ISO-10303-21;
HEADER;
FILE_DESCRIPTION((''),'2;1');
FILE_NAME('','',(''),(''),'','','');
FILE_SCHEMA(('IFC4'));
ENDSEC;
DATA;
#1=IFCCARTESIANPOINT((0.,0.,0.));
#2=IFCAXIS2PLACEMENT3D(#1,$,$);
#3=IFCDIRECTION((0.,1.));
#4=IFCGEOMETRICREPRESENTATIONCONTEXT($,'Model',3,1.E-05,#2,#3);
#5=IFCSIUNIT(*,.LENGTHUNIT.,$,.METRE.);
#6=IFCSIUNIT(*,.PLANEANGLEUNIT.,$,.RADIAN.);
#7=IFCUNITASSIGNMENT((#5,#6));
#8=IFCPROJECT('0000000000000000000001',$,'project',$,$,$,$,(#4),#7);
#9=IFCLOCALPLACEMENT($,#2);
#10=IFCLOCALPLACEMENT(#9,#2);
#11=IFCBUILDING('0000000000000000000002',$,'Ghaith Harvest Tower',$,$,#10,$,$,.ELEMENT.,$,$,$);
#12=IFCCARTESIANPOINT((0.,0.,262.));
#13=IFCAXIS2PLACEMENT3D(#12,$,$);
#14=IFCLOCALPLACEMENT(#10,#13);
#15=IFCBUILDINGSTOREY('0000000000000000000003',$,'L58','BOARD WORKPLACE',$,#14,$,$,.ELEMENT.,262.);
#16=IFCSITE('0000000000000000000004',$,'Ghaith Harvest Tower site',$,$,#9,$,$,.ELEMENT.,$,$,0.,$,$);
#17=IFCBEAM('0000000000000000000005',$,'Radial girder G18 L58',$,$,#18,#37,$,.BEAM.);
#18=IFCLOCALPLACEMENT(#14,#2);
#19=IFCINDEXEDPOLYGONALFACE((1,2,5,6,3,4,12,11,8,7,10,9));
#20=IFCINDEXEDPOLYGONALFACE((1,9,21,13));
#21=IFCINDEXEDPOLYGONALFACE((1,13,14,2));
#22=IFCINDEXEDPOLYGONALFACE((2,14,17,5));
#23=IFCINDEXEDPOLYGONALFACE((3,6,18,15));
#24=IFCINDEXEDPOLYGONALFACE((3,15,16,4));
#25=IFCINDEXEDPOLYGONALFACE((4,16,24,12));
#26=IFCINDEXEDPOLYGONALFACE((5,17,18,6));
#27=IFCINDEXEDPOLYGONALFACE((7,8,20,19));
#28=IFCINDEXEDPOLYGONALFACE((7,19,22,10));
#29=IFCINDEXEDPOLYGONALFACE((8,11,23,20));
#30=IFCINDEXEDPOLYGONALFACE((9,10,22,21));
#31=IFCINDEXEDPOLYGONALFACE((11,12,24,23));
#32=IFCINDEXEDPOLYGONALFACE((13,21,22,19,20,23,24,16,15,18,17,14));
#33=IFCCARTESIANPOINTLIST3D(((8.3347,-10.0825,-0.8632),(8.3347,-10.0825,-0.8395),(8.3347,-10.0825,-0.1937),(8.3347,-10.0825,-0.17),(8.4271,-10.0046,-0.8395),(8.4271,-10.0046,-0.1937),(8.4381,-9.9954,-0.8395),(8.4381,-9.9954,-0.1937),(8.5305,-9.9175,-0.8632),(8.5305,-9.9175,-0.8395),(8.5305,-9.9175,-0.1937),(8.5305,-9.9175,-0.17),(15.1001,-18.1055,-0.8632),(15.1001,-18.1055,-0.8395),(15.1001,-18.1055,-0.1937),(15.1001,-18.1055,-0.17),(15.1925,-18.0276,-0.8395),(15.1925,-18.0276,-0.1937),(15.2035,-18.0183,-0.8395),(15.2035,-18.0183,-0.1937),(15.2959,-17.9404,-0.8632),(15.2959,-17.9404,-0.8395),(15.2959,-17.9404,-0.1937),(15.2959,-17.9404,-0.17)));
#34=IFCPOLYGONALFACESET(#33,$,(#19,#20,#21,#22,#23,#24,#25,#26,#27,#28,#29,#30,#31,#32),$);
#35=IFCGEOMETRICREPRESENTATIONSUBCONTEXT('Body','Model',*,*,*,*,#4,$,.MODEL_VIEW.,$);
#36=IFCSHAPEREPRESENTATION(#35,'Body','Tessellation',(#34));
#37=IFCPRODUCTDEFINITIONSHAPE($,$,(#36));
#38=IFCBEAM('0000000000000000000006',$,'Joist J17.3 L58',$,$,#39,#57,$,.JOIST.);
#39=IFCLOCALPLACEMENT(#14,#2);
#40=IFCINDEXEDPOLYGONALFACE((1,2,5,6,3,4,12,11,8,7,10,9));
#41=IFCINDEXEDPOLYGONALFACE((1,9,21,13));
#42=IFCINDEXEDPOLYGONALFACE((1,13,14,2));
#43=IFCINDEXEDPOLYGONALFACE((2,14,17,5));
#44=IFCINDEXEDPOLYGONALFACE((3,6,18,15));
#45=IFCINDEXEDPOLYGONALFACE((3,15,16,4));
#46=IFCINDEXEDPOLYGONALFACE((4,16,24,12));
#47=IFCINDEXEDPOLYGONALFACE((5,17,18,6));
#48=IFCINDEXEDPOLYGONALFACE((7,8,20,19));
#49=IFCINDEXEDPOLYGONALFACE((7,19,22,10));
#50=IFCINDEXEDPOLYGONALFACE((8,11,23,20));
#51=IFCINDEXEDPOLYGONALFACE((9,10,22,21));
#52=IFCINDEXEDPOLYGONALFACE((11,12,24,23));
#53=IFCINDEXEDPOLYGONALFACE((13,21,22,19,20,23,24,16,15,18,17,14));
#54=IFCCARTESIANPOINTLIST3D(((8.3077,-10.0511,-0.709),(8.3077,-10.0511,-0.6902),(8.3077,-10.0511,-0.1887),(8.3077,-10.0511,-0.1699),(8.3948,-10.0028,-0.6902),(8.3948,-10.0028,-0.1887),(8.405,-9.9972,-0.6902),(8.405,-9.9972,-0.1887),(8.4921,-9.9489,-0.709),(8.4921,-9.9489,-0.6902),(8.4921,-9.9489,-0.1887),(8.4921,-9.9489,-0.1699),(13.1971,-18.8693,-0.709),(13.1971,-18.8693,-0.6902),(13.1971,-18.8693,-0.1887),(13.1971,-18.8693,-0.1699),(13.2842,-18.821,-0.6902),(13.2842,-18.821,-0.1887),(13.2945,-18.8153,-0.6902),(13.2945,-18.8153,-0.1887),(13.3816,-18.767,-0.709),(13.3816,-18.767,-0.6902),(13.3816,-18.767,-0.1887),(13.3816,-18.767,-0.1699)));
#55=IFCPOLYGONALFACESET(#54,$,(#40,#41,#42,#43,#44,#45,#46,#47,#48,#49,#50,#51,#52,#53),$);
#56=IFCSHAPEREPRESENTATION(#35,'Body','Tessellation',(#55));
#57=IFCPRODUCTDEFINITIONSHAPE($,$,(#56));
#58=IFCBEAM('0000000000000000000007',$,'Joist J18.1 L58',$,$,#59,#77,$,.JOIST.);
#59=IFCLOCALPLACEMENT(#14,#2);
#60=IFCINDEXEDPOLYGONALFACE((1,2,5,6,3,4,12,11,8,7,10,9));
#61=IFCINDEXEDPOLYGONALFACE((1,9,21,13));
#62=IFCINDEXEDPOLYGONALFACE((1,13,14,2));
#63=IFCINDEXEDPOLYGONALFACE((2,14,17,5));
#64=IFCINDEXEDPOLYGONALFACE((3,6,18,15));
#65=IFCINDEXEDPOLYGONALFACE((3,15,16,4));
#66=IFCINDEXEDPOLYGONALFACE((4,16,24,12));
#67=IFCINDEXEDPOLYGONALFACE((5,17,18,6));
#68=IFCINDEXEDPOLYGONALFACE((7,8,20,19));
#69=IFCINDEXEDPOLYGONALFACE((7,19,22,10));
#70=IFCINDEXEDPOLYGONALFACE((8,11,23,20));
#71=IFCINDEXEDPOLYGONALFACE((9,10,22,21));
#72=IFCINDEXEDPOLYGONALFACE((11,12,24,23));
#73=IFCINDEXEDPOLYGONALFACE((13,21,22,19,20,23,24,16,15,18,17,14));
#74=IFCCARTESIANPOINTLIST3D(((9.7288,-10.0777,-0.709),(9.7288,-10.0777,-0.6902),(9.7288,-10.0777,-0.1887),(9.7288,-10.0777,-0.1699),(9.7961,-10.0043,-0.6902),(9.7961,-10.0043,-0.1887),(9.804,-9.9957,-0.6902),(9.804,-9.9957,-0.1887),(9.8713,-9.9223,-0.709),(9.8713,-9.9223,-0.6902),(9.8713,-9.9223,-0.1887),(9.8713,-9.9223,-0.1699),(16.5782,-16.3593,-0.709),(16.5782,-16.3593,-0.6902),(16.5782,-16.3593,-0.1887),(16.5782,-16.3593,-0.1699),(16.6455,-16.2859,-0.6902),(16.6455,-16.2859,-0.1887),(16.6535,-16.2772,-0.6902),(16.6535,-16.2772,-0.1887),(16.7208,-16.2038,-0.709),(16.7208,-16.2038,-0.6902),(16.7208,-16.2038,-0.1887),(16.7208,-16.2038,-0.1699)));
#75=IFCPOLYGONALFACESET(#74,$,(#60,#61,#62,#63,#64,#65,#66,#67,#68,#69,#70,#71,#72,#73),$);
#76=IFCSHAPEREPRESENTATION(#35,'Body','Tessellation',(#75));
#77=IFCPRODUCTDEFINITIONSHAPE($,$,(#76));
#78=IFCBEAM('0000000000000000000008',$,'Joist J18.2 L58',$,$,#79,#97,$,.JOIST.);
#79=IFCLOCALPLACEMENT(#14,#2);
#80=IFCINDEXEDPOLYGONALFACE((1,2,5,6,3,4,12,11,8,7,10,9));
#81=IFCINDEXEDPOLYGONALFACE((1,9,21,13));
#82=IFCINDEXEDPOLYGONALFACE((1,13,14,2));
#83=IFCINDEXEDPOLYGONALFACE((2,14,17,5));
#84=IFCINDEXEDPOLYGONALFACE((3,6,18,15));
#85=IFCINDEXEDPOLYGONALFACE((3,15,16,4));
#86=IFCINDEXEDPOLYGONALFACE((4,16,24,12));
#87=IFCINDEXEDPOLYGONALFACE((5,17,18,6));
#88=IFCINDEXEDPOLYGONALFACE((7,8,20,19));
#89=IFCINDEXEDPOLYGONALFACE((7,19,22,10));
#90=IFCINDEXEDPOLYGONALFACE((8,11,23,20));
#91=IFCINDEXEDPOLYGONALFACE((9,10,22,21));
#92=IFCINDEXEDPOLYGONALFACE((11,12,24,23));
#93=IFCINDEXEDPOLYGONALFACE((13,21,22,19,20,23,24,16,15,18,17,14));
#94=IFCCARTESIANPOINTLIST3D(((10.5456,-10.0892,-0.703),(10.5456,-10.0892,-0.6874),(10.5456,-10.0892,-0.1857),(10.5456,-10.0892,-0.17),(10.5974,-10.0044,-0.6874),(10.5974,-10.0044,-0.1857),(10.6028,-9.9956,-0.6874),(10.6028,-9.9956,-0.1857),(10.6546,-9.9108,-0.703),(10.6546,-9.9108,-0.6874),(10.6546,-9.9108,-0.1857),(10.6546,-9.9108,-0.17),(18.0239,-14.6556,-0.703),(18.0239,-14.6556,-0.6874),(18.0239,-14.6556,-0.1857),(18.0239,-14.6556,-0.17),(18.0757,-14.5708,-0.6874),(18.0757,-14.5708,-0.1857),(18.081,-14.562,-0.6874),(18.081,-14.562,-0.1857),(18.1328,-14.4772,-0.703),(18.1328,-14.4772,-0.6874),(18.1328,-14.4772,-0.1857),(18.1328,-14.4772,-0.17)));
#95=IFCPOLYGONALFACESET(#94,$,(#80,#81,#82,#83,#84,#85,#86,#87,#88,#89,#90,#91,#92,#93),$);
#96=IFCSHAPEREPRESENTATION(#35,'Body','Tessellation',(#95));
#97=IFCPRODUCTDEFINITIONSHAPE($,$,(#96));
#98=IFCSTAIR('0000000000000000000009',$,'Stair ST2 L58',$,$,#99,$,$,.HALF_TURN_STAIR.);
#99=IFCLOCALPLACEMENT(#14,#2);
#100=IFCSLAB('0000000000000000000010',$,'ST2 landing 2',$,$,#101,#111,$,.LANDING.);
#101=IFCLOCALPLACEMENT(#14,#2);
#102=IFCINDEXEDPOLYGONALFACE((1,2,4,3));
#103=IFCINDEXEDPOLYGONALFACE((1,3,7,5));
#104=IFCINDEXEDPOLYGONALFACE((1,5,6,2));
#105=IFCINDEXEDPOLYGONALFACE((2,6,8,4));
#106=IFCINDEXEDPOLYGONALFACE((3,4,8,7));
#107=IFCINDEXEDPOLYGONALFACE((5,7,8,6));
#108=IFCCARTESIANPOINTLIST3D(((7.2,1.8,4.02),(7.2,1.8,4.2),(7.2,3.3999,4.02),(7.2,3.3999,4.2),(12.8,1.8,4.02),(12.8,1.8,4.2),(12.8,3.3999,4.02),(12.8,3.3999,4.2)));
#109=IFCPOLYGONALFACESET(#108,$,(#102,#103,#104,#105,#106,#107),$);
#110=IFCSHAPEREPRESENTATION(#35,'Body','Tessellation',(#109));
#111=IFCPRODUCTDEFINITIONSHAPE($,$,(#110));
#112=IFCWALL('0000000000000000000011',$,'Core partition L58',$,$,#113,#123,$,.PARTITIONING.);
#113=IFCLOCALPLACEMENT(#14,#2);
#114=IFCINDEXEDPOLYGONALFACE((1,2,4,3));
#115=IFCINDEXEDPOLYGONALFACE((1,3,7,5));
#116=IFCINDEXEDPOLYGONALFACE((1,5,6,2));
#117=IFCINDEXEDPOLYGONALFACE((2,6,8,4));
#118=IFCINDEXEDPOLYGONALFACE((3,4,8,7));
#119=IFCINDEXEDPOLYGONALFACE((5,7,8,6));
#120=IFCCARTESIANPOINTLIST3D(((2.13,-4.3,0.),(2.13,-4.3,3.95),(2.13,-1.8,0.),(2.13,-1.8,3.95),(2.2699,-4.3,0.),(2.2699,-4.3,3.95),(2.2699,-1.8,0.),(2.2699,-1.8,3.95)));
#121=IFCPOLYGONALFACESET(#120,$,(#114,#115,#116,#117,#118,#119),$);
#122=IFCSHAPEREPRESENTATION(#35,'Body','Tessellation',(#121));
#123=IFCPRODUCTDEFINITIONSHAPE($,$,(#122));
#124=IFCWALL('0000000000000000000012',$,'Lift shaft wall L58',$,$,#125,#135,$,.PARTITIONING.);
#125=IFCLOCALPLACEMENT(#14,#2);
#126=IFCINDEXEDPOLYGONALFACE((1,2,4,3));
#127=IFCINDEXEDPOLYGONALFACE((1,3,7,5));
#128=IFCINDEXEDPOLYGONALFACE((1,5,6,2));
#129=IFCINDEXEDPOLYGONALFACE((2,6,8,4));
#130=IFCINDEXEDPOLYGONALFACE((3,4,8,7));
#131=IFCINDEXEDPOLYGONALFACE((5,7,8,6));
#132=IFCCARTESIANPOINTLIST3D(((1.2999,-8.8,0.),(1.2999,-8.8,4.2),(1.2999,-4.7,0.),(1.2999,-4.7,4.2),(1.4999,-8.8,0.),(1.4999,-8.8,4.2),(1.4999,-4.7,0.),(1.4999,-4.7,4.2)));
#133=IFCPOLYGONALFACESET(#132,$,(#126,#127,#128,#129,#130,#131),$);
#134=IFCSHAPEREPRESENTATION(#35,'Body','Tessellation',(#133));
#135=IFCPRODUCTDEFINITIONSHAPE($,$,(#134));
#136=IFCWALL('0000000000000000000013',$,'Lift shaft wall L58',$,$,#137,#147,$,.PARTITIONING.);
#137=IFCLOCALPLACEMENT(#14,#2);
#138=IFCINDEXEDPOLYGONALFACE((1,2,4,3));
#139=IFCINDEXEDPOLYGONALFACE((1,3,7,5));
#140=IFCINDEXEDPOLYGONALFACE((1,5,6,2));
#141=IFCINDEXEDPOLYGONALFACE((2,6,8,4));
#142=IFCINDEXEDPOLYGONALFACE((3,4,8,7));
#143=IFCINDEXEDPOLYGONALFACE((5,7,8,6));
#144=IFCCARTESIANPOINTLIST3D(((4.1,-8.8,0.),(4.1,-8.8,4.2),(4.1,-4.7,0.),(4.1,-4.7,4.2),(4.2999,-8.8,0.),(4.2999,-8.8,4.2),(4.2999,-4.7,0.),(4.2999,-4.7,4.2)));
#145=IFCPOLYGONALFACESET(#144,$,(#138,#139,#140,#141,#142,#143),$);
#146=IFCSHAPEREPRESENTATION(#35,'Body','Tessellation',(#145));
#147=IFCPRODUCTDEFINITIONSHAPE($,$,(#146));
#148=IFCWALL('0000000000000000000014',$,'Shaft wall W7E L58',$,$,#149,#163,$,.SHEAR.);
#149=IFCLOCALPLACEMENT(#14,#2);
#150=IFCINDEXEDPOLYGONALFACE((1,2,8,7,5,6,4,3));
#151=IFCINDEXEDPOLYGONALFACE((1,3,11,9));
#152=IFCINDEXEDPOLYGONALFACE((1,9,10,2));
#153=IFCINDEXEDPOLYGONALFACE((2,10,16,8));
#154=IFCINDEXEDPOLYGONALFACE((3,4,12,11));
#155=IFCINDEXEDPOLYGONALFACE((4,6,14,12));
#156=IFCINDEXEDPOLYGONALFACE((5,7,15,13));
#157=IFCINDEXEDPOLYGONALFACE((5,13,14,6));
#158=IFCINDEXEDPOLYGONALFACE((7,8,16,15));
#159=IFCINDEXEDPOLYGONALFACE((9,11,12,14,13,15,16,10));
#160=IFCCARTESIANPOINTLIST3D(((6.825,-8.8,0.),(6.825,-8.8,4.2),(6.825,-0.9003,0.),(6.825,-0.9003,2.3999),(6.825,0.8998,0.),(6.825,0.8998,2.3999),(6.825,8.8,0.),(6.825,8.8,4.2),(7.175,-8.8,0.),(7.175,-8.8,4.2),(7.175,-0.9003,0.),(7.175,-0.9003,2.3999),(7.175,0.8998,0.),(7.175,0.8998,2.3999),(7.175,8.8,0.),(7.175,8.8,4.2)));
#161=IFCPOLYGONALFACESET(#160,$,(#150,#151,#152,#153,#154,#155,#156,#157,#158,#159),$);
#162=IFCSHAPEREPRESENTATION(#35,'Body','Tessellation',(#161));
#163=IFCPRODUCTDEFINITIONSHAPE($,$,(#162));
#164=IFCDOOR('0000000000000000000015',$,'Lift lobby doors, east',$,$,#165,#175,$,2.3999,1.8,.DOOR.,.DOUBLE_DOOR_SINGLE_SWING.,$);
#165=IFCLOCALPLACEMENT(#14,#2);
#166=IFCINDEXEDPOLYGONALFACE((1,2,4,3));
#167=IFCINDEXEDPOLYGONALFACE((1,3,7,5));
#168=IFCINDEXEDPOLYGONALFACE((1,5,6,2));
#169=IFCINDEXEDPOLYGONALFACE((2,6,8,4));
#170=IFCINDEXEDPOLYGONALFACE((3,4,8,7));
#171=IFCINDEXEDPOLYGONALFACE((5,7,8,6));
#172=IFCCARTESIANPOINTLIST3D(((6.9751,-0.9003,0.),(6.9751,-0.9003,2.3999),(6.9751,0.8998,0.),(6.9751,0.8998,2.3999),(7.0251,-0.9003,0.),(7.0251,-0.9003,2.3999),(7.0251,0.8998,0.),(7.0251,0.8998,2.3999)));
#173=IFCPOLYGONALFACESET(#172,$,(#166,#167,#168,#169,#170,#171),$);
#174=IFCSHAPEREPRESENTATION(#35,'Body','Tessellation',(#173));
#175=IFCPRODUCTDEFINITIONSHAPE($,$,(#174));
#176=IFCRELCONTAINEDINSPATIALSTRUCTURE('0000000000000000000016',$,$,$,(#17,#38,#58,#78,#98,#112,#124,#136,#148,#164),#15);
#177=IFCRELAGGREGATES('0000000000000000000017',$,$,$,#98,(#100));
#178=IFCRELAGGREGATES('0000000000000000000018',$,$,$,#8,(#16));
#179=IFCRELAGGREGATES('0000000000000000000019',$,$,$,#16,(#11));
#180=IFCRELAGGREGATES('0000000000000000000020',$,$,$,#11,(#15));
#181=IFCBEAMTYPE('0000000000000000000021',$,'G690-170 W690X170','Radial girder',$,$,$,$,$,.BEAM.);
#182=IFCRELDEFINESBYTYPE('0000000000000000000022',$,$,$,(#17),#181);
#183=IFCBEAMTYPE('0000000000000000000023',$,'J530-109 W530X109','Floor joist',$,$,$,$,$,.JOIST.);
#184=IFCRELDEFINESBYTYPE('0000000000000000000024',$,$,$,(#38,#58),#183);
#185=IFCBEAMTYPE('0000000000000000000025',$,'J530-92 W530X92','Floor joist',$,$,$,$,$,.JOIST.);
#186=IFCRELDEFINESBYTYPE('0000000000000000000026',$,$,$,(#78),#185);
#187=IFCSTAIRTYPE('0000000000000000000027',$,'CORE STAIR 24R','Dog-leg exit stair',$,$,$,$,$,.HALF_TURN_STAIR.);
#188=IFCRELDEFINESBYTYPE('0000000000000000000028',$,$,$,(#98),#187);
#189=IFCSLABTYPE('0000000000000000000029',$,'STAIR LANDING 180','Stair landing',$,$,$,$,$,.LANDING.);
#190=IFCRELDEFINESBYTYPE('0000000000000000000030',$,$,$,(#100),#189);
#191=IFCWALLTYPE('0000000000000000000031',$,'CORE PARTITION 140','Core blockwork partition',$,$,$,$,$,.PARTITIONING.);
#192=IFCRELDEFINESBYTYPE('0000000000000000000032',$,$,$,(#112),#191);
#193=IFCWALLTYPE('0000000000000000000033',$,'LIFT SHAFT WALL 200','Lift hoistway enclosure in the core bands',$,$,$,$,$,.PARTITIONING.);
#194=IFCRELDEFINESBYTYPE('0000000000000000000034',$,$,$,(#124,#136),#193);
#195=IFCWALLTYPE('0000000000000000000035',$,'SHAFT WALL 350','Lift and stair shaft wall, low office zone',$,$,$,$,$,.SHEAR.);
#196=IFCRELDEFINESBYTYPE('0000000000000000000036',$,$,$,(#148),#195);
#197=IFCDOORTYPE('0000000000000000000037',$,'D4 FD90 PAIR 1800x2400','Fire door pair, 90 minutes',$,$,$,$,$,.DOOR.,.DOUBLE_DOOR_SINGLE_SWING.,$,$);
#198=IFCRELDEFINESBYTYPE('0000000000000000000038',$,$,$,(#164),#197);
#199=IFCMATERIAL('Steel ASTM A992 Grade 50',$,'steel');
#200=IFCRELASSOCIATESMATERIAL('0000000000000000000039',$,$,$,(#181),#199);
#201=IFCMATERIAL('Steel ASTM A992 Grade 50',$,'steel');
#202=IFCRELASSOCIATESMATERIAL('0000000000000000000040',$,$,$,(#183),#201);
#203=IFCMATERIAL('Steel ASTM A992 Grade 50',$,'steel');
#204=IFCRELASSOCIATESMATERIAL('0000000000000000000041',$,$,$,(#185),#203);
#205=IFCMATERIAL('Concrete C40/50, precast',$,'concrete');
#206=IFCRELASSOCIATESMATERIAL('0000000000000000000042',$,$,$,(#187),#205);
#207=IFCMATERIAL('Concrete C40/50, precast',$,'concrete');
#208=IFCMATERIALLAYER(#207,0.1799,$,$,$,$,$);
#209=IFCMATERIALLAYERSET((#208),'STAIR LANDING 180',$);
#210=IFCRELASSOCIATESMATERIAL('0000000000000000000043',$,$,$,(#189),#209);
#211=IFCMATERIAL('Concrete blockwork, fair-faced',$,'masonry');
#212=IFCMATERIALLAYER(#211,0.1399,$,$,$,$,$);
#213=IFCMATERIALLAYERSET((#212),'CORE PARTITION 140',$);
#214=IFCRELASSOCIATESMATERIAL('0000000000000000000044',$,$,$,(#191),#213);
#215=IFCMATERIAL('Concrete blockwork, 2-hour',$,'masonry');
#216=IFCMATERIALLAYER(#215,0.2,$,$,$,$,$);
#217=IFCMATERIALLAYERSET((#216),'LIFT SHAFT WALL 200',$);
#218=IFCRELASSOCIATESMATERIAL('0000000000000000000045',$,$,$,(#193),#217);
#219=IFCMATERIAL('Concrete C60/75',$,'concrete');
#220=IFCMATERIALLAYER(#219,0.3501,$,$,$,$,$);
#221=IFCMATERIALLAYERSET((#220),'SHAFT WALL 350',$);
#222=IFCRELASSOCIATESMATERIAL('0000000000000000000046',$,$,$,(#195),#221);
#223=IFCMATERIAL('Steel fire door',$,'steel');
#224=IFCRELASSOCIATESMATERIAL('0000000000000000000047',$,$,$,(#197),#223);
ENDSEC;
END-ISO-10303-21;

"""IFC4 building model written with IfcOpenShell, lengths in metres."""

from ifc_helpers import new_model, si_unit, direction, frame, frame_2d, origin, origin_2d, place, context, subcontext, project, spatial, polyline, rectangle, i_section, outline, extrude, material, layer, layer_set, material_profile, profile_set, type_object, element, fill, aggregate, save


model = new_model("IFC4")

# Units and contexts
model_context = context("Model", 3, precision=1e-05, world=origin(), true_north=direction((0.0, 1.0)))
body_context = subcontext(model_context, "Body", "Model", "MODEL_VIEW")
ifc_project = project(units=[si_unit("LENGTHUNIT", "METRE"), si_unit("PLANEANGLEUNIT", "RADIAN")], contexts=[model_context])

# Site, building, storey
site_placement = place(None, origin())
site = spatial("IfcSite", under=ifc_project, at=site_placement, Name="Ghaith Harvest Tower site", CompositionType="ELEMENT", RefElevation=0.0)
building_placement = place(site_placement, origin())
building = spatial("IfcBuilding", under=site, at=building_placement, Name="Ghaith Harvest Tower", CompositionType="ELEMENT")
storey_placement = place(building_placement, frame((0.0, 0.0, 262.0)))
storey = spatial("IfcBuildingStorey", under=building, at=storey_placement, Name="L58", Description="BOARD WORKPLACE", CompositionType="ELEMENT", Elevation=262.0)

# Beams
ifc_material_1 = material(Name="Steel ASTM A992 Grade 50", Category="steel")
ifc_material_profile_1 = material_profile(ifc_material_1, i_section(OverallWidth=0.2561, OverallDepth=0.6931, WebThickness=0.0144, FlangeThickness=0.0237, at=origin_2d()), Name="W690X170")
ifc_profile_set_1 = profile_set([ifc_material_profile_1], Name="Steel ASTM A992 Grade 50")
beam_type_1 = type_object("IfcBeamType", Name="G690-170 W690X170", Description="Radial girder", PredefinedType="BEAM", material=ifc_profile_set_1)
beam_1_placement = place(storey_placement, frame((8.4326, -10.0, -0.5166), z_axis=(0.644649, -0.764478, 0.0), x_axis=(0.764478, 0.644649, 0.0)))
element("IfcBeam", 1, at=beam_1_placement, inside=storey, type_object=beam_type_1, Name="Radial girder G18 L58", PredefinedType="BEAM", context=body_context, shape_type="SweptSolid", body=[
    extrude(i_section(OverallWidth=0.2561, OverallDepth=0.6931, WebThickness=0.0144, FlangeThickness=0.0237, at=origin_2d()), origin(), (0.0, 0.0, 1.0), 10.4946),
])
ifc_material_2 = material(Name="Steel ASTM A992 Grade 50", Category="steel")
ifc_material_profile_2 = material_profile(ifc_material_2, i_section(OverallWidth=0.2109, OverallDepth=0.5391, WebThickness=0.0117, FlangeThickness=0.0188, at=origin_2d()), Name="W530X109")
ifc_profile_set_2 = profile_set([ifc_material_profile_2], Name="Steel ASTM A992 Grade 50")
beam_type_2 = type_object("IfcBeamType", Name="J530-109 W530X109", Description="Floor joist", PredefinedType="JOIST", material=ifc_profile_set_2)
beam_2_placement = place(storey_placement, frame((8.3999, -10.0, -0.4395), z_axis=(0.484919, -0.874559, 0.0), x_axis=(0.874559, 0.484919, 0.0)))
element("IfcBeam", 2, at=beam_2_placement, inside=storey, type_object=beam_type_2, Name="Joist J17.3 L58", PredefinedType="JOIST", context=body_context, shape_type="SweptSolid", body=[
    extrude(i_section(OverallWidth=0.2109, OverallDepth=0.5391, WebThickness=0.0117, FlangeThickness=0.0188, at=origin_2d()), origin(), (0.0, 0.0, 1.0), 10.083),
])
beam_3_placement = place(storey_placement, frame((9.8, -10.0, -0.4395), z_axis=(0.736998, -0.675895, 0.0), x_axis=(0.675895, 0.736998, 0.0)))
element("IfcBeam", 3, at=beam_3_placement, inside=storey, type_object=beam_type_2, Name="Joist J18.1 L58", PredefinedType="JOIST", context=body_context, shape_type="SweptSolid", body=[
    extrude(i_section(OverallWidth=0.2109, OverallDepth=0.5391, WebThickness=0.0117, FlangeThickness=0.0188, at=origin_2d()), origin(), (0.0, 0.0, 1.0), 9.2937),
])
ifc_material_3 = material(Name="Steel ASTM A992 Grade 50", Category="steel")
ifc_material_profile_3 = material_profile(ifc_material_3, i_section(OverallWidth=0.209, OverallDepth=0.533, WebThickness=0.0103, FlangeThickness=0.0156, at=origin_2d()), Name="W530X92")
ifc_profile_set_3 = profile_set([ifc_material_profile_3], Name="Steel ASTM A992 Grade 50")
beam_type_3 = type_object("IfcBeamType", Name="J530-92 W530X92", Description="Floor joist", PredefinedType="JOIST", material=ifc_profile_set_3)
beam_4_placement = place(storey_placement, frame((10.6001, -10.0, -0.4365), z_axis=(0.853467, -0.521147, 0.0), x_axis=(0.521147, 0.853467, 0.0)))
element("IfcBeam", 4, at=beam_4_placement, inside=storey, type_object=beam_type_3, Name="Joist J18.2 L58", PredefinedType="JOIST", context=body_context, shape_type="SweptSolid", body=[
    extrude(i_section(OverallWidth=0.209, OverallDepth=0.533, WebThickness=0.0103, FlangeThickness=0.0156, at=origin_2d()), origin(), (0.0, 0.0, 1.0), 8.7622),
])

# Stair, slab
ifc_material_4 = material(Name="Concrete C40/50, precast", Category="concrete")
stair_type = type_object("IfcStairType", Name="CORE STAIR 24R", Description="Dog-leg exit stair", PredefinedType="HALF_TURN_STAIR", material=ifc_material_4)
stair_placement = place(storey_placement, origin())
stair = element("IfcStair", 5, at=stair_placement, inside=storey, type_object=stair_type, Name="Stair ST2 L58", PredefinedType="HALF_TURN_STAIR")
ifc_material_5 = material(Name="Concrete C40/50, precast", Category="concrete")
ifc_layer_1 = layer(ifc_material_5, 0.1799)
ifc_layer_set_1 = layer_set([ifc_layer_1], Name="STAIR LANDING 180")
slab_type = type_object("IfcSlabType", Name="STAIR LANDING 180", Description="Stair landing", PredefinedType="LANDING", material=ifc_layer_set_1)
slab_placement = place(storey_placement, frame((0.0, 0.0, 4.02)))
slab = element("IfcSlab", 6, at=slab_placement, type_object=slab_type, Name="ST2 landing 2", PredefinedType="LANDING", context=body_context, shape_type="SweptSolid", body=[
    extrude(outline(polyline([(12.8, 1.8), (12.8, 3.3999), (7.2, 3.3999), (7.2, 1.8), (12.8, 1.8)])), origin(), (0.0, 0.0, 1.0), 0.1799),
])
aggregate(stair, [slab])

# Walls
ifc_material_6 = material(Name="Concrete blockwork, fair-faced", Category="masonry")
ifc_layer_2 = layer(ifc_material_6, 0.1399)
ifc_layer_set_2 = layer_set([ifc_layer_2], Name="CORE PARTITION 140")
wall_type_1 = type_object("IfcWallType", Name="CORE PARTITION 140", Description="Core blockwork partition", PredefinedType="PARTITIONING", material=ifc_layer_set_2)
wall_1_placement = place(storey_placement, frame((2.2, -1.8, 0.0), z_axis=(0.0, 0.0, 1.0), x_axis=(0.0, -1.0, 0.0)))
element("IfcWall", 7, at=wall_1_placement, inside=storey, type_object=wall_type_1, Name="Core partition L58", PredefinedType="PARTITIONING", context=body_context, shape_type="SweptSolid", body=[
    extrude(rectangle(XDim=2.5, YDim=0.1399, at=frame_2d((1.25, 0.0))), origin(), (0.0, 0.0, 1.0), 3.95),
])
ifc_material_7 = material(Name="Concrete blockwork, 2-hour", Category="masonry")
ifc_layer_3 = layer(ifc_material_7, 0.2)
ifc_layer_set_3 = layer_set([ifc_layer_3], Name="LIFT SHAFT WALL 200")
wall_type_2 = type_object("IfcWallType", Name="LIFT SHAFT WALL 200", Description="Lift hoistway enclosure in the core bands", PredefinedType="PARTITIONING", material=ifc_layer_set_3)
for number, where, z_axis, x_axis, name in (
    (8, (1.3999, -4.7, 0.0), (0.0, 0.0, 1.0), (0.0, -1.0, 0.0), "Lift shaft wall L58"),
    (9, (4.2, -4.7, 0.0), (0.0, 0.0, 1.0), (0.0, -1.0, 0.0), "Lift shaft wall L58"),
):
    element("IfcWall", number, at=place(storey_placement, frame(where, z_axis=z_axis, x_axis=x_axis)), inside=storey, type_object=wall_type_2, Name=name, PredefinedType="PARTITIONING", context=body_context, shape_type="SweptSolid", body=[
        extrude(rectangle(XDim=4.1001, YDim=0.2, at=frame_2d((2.05, 0.0))), origin(), (0.0, 0.0, 1.0), 4.2),
    ])

# Wall, opening, door
ifc_material_8 = material(Name="Concrete C60/75", Category="concrete")
ifc_layer_4 = layer(ifc_material_8, 0.3501)
ifc_layer_set_4 = layer_set([ifc_layer_4], Name="SHAFT WALL 350")
wall_type_3 = type_object("IfcWallType", Name="SHAFT WALL 350", Description="Lift and stair shaft wall, low office zone", PredefinedType="SHEAR", material=ifc_layer_set_4)
wall_2_placement = place(storey_placement, frame((7.0, -8.8, 0.0), z_axis=(0.0, 0.0, 1.0), x_axis=(0.0, 1.0, 0.0)))
wall_2 = element("IfcWall", 10, at=wall_2_placement, inside=storey, type_object=wall_type_3, Name="Shaft wall W7E L58", PredefinedType="SHEAR", context=body_context, shape_type="SweptSolid", body=[
    extrude(rectangle(XDim=17.6001, YDim=0.3501, at=frame_2d((8.8, 0.0))), origin(), (0.0, 0.0, 1.0), 4.2),
])
opening_1_placement = place(wall_2_placement, frame((7.8999, 0.0, 0.0)))
opening_1 = element("IfcOpeningElement", 11, at=opening_1_placement, cuts=wall_2, PredefinedType="OPENING", context=body_context, shape_type="SweptSolid", body=[
    extrude(rectangle(XDim=1.8, YDim=2.3999, at=frame_2d((0.8999, 1.2))), frame((0.0, 0.1851, 0.0), z_axis=(0.0, -1.0, 0.0), x_axis=(1.0, 0.0, 0.0)), (0.0, 0.0, 1.0), 0.3701),
])
ifc_material_9 = material(Name="Steel fire door", Category="steel")
door_type_1 = type_object("IfcDoorType", Name="D4 FD90 PAIR 1800x2400", Description="Fire door pair, 90 minutes", OperationType="DOUBLE_DOOR_SINGLE_SWING", PredefinedType="DOOR", material=ifc_material_9)
door_1_placement = place(opening_1_placement, origin())
door_1 = element("IfcDoor", 12, at=door_1_placement, inside=storey, type_object=door_type_1, Name="Lift lobby doors, east", OperationType="DOUBLE_DOOR_SINGLE_SWING", OverallHeight=2.3999, OverallWidth=1.8, PredefinedType="DOOR", context=body_context, shape_type="SweptSolid", body=[
    extrude(rectangle(XDim=1.8, YDim=2.3999, at=frame_2d((0.8999, 1.2))), frame((0.0, 0.0249, 0.0), z_axis=(0.0, -1.0, 0.0), x_axis=(1.0, 0.0, 0.0)), (0.0, 0.0, 1.0), 0.05),
])
fill(opening_1, door_1)

save(model, "model.ifc")
